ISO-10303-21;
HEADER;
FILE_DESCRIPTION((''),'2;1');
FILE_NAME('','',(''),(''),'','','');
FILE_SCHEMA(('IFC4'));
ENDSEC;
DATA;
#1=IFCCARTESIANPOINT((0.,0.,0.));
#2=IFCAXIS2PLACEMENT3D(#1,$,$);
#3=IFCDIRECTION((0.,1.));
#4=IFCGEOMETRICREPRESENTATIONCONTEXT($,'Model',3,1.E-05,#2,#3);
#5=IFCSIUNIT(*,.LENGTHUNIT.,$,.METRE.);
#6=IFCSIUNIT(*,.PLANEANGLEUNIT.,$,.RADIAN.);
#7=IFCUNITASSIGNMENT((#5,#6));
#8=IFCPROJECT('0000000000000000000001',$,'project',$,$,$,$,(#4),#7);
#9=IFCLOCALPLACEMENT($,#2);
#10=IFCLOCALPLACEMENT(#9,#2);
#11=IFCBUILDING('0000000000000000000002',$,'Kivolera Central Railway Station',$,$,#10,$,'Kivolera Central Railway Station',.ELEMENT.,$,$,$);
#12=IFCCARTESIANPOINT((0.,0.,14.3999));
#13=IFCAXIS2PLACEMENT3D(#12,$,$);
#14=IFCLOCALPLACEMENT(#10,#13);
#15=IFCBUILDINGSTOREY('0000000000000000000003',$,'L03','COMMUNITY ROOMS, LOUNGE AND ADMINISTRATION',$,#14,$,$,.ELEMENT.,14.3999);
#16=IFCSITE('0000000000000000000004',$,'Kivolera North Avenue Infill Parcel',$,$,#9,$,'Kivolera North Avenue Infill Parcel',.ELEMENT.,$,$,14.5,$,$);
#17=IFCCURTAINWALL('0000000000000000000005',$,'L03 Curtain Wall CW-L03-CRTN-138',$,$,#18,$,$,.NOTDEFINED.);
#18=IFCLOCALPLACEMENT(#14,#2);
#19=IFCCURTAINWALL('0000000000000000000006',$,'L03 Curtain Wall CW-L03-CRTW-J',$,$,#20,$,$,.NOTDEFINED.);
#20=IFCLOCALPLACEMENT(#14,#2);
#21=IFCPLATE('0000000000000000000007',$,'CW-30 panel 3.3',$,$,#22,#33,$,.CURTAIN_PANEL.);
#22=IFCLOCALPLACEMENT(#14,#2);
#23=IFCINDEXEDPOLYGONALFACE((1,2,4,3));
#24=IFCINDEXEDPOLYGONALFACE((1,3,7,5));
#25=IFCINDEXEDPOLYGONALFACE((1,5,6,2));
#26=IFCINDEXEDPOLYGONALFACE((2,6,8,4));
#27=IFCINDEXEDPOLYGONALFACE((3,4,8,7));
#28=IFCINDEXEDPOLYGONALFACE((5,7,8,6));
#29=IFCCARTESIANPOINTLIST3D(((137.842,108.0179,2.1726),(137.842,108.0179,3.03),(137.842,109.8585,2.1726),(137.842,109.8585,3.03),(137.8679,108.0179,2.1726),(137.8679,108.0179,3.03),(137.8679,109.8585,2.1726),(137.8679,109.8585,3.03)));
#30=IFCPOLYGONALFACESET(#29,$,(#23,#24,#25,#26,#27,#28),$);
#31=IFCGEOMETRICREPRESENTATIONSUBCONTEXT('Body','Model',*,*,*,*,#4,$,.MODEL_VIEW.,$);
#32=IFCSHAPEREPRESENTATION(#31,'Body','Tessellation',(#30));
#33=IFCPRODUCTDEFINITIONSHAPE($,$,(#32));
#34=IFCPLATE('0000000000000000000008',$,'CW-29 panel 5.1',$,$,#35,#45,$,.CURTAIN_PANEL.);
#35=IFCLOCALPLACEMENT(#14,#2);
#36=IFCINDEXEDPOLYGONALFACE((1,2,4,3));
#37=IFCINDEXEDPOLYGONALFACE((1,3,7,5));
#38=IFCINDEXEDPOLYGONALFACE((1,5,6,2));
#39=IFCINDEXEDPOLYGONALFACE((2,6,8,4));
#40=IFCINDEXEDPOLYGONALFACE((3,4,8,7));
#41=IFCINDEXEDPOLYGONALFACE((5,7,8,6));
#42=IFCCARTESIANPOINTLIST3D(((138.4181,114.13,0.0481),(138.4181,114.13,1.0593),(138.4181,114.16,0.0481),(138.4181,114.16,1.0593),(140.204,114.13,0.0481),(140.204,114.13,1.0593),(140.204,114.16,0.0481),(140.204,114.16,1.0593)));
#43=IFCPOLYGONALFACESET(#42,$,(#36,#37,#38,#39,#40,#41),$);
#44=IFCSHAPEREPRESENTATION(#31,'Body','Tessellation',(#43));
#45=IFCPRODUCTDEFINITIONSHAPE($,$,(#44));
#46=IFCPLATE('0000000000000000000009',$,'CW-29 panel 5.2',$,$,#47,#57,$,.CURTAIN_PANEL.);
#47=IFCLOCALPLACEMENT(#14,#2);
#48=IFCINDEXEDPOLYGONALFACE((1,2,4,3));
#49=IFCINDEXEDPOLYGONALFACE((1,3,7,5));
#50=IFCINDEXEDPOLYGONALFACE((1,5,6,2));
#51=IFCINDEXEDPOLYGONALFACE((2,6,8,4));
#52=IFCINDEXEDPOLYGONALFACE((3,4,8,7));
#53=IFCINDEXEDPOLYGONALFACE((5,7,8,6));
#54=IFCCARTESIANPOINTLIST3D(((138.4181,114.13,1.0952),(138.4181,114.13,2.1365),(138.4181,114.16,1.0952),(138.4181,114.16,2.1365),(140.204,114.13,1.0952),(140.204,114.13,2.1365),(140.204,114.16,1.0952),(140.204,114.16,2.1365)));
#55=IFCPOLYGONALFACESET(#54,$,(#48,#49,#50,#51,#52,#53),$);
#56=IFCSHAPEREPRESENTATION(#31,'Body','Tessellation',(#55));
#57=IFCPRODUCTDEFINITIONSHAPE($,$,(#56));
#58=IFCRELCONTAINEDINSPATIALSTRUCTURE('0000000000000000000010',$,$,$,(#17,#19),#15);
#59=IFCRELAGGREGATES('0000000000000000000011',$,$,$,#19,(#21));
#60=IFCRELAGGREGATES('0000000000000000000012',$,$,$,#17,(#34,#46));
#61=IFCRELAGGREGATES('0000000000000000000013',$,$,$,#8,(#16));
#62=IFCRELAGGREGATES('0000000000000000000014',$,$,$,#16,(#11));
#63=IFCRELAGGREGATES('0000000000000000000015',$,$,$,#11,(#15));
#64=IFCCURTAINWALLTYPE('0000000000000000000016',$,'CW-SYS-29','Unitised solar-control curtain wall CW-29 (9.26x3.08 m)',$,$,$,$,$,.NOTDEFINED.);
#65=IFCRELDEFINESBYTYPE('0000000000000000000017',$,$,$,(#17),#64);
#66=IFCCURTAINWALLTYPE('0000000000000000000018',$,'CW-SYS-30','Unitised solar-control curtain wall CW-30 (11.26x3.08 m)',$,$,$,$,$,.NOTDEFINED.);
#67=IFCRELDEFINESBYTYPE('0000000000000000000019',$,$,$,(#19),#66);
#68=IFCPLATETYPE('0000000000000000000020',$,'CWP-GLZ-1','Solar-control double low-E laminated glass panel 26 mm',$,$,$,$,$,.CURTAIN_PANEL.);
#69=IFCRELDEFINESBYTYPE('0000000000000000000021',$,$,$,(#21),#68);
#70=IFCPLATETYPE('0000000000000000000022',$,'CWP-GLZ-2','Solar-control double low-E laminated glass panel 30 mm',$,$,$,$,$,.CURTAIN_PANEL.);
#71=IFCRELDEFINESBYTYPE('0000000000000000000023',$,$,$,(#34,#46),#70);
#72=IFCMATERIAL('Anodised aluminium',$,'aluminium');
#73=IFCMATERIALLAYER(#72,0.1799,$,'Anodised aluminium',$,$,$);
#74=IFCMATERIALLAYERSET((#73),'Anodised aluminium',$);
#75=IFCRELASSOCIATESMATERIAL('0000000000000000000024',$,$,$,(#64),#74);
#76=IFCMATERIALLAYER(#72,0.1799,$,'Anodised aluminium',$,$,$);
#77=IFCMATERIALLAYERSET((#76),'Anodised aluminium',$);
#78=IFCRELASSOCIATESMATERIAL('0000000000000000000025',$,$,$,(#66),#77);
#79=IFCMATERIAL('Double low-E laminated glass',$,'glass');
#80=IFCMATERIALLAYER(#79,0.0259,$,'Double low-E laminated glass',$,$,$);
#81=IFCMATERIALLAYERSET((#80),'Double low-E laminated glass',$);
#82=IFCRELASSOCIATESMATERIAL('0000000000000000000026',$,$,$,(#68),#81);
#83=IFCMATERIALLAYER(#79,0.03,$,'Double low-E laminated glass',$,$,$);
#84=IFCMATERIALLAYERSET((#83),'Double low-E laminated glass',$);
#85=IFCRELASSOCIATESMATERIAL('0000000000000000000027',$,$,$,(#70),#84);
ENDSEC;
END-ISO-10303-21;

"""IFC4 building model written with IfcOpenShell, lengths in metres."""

from ifc_helpers import new_model, si_unit, direction, frame, origin, origin_2d, place, context, subcontext, project, spatial, rectangle, extrude, material, layer, layer_set, type_object, element, aggregate, save


model = new_model("IFC4")

# Units and contexts
model_context = context("Model", 3, precision=1e-05, world=origin(), true_north=direction((0.0, 1.0)))
body_context = subcontext(model_context, "Body", "Model", "MODEL_VIEW")
ifc_project = project(units=[si_unit("LENGTHUNIT", "METRE"), si_unit("PLANEANGLEUNIT", "RADIAN")], contexts=[model_context])

# Site, building, storey
site_placement = place(None, origin())
site = spatial("IfcSite", under=ifc_project, at=site_placement, Name="Kivolera North Avenue Infill Parcel", LongName="Kivolera North Avenue Infill Parcel", CompositionType="ELEMENT", RefElevation=14.5)
building_placement = place(site_placement, origin())
building = spatial("IfcBuilding", under=site, at=building_placement, Name="Kivolera Central Railway Station", LongName="Kivolera Central Railway Station", CompositionType="ELEMENT")
storey_placement = place(building_placement, frame((0.0, 0.0, 14.3999)))
storey = spatial("IfcBuildingStorey", under=building, at=storey_placement, Name="L03", Description="COMMUNITY ROOMS, LOUNGE AND ADMINISTRATION", CompositionType="ELEMENT", Elevation=14.3999)

# Curtain wall
ifc_material_1 = material(Name="Anodised aluminium", Category="aluminium")
ifc_layer_1 = layer(ifc_material_1, 0.1799, Name="Anodised aluminium")
ifc_layer_set_1 = layer_set([ifc_layer_1], Name="Anodised aluminium")
curtain_wall_type_1 = type_object("IfcCurtainWallType", Name="CW-SYS-29", Description="Unitised solar-control curtain wall CW-29 (9.26x3.08 m)", PredefinedType="NOTDEFINED", material=ifc_layer_set_1)
curtain_wall_1_placement = place(storey_placement, origin())
curtain_wall_1 = element("IfcCurtainWall", 1, at=curtain_wall_1_placement, inside=storey, type_object=curtain_wall_type_1, Name="L03 Curtain Wall CW-L03-CRTN-138", PredefinedType="NOTDEFINED")

# Curtain wall, plate
ifc_layer_2 = layer(ifc_material_1, 0.1799, Name="Anodised aluminium")
ifc_layer_set_2 = layer_set([ifc_layer_2], Name="Anodised aluminium")
curtain_wall_type_2 = type_object("IfcCurtainWallType", Name="CW-SYS-30", Description="Unitised solar-control curtain wall CW-30 (11.26x3.08 m)", PredefinedType="NOTDEFINED", material=ifc_layer_set_2)
curtain_wall_2_placement = place(storey_placement, origin())
curtain_wall_2 = element("IfcCurtainWall", 2, at=curtain_wall_2_placement, inside=storey, type_object=curtain_wall_type_2, Name="L03 Curtain Wall CW-L03-CRTW-J", PredefinedType="NOTDEFINED")
ifc_material_2 = material(Name="Double low-E laminated glass", Category="glass")
ifc_layer_3 = layer(ifc_material_2, 0.0259, Name="Double low-E laminated glass")
ifc_layer_set_3 = layer_set([ifc_layer_3], Name="Double low-E laminated glass")
plate_type_1 = type_object("IfcPlateType", Name="CWP-GLZ-1", Description="Solar-control double low-E laminated glass panel 26 mm", PredefinedType="CURTAIN_PANEL", material=ifc_layer_set_3)
plate_1_placement = place(storey_placement, frame((137.855, 108.9382, 2.1726), z_axis=(0.0, 0.0, 1.0), x_axis=(0.0, -1.0, 0.0)))
plate_1 = element("IfcPlate", 3, at=plate_1_placement, type_object=plate_type_1, Name="CW-30 panel 3.3", PredefinedType="CURTAIN_PANEL", context=body_context, shape_type="SweptSolid", body=[
    extrude(rectangle(XDim=1.8406, YDim=0.0259, at=origin_2d()), origin(), (0.0, 0.0, 1.0), 0.8574),
])
aggregate(curtain_wall_2, [plate_1])

# Plates
ifc_layer_4 = layer(ifc_material_2, 0.03, Name="Double low-E laminated glass")
ifc_layer_set_4 = layer_set([ifc_layer_4], Name="Double low-E laminated glass")
plate_type_2 = type_object("IfcPlateType", Name="CWP-GLZ-2", Description="Solar-control double low-E laminated glass panel 30 mm", PredefinedType="CURTAIN_PANEL", material=ifc_layer_set_4)
plate_2_placement = place(storey_placement, frame((139.311, 114.145, 0.0481), z_axis=(0.0, 0.0, 1.0), x_axis=(-1.0, 0.0, 0.0)))
plate_2 = element("IfcPlate", 4, at=plate_2_placement, type_object=plate_type_2, Name="CW-29 panel 5.1", PredefinedType="CURTAIN_PANEL", context=body_context, shape_type="SweptSolid", body=[
    extrude(rectangle(XDim=1.7859, YDim=0.03, at=origin_2d()), origin(), (0.0, 0.0, 1.0), 1.0112),
])
plate_3_placement = place(storey_placement, frame((139.311, 114.145, 1.0952), z_axis=(0.0, 0.0, 1.0), x_axis=(-1.0, 0.0, 0.0)))
plate_3 = element("IfcPlate", 5, at=plate_3_placement, type_object=plate_type_2, Name="CW-29 panel 5.2", PredefinedType="CURTAIN_PANEL", context=body_context, shape_type="SweptSolid", body=[
    extrude(rectangle(XDim=1.7859, YDim=0.03, at=origin_2d()), origin(), (0.0, 0.0, 1.0), 1.0413),
])
aggregate(curtain_wall_1, [plate_2, plate_3])

save(model, "model.ifc")
